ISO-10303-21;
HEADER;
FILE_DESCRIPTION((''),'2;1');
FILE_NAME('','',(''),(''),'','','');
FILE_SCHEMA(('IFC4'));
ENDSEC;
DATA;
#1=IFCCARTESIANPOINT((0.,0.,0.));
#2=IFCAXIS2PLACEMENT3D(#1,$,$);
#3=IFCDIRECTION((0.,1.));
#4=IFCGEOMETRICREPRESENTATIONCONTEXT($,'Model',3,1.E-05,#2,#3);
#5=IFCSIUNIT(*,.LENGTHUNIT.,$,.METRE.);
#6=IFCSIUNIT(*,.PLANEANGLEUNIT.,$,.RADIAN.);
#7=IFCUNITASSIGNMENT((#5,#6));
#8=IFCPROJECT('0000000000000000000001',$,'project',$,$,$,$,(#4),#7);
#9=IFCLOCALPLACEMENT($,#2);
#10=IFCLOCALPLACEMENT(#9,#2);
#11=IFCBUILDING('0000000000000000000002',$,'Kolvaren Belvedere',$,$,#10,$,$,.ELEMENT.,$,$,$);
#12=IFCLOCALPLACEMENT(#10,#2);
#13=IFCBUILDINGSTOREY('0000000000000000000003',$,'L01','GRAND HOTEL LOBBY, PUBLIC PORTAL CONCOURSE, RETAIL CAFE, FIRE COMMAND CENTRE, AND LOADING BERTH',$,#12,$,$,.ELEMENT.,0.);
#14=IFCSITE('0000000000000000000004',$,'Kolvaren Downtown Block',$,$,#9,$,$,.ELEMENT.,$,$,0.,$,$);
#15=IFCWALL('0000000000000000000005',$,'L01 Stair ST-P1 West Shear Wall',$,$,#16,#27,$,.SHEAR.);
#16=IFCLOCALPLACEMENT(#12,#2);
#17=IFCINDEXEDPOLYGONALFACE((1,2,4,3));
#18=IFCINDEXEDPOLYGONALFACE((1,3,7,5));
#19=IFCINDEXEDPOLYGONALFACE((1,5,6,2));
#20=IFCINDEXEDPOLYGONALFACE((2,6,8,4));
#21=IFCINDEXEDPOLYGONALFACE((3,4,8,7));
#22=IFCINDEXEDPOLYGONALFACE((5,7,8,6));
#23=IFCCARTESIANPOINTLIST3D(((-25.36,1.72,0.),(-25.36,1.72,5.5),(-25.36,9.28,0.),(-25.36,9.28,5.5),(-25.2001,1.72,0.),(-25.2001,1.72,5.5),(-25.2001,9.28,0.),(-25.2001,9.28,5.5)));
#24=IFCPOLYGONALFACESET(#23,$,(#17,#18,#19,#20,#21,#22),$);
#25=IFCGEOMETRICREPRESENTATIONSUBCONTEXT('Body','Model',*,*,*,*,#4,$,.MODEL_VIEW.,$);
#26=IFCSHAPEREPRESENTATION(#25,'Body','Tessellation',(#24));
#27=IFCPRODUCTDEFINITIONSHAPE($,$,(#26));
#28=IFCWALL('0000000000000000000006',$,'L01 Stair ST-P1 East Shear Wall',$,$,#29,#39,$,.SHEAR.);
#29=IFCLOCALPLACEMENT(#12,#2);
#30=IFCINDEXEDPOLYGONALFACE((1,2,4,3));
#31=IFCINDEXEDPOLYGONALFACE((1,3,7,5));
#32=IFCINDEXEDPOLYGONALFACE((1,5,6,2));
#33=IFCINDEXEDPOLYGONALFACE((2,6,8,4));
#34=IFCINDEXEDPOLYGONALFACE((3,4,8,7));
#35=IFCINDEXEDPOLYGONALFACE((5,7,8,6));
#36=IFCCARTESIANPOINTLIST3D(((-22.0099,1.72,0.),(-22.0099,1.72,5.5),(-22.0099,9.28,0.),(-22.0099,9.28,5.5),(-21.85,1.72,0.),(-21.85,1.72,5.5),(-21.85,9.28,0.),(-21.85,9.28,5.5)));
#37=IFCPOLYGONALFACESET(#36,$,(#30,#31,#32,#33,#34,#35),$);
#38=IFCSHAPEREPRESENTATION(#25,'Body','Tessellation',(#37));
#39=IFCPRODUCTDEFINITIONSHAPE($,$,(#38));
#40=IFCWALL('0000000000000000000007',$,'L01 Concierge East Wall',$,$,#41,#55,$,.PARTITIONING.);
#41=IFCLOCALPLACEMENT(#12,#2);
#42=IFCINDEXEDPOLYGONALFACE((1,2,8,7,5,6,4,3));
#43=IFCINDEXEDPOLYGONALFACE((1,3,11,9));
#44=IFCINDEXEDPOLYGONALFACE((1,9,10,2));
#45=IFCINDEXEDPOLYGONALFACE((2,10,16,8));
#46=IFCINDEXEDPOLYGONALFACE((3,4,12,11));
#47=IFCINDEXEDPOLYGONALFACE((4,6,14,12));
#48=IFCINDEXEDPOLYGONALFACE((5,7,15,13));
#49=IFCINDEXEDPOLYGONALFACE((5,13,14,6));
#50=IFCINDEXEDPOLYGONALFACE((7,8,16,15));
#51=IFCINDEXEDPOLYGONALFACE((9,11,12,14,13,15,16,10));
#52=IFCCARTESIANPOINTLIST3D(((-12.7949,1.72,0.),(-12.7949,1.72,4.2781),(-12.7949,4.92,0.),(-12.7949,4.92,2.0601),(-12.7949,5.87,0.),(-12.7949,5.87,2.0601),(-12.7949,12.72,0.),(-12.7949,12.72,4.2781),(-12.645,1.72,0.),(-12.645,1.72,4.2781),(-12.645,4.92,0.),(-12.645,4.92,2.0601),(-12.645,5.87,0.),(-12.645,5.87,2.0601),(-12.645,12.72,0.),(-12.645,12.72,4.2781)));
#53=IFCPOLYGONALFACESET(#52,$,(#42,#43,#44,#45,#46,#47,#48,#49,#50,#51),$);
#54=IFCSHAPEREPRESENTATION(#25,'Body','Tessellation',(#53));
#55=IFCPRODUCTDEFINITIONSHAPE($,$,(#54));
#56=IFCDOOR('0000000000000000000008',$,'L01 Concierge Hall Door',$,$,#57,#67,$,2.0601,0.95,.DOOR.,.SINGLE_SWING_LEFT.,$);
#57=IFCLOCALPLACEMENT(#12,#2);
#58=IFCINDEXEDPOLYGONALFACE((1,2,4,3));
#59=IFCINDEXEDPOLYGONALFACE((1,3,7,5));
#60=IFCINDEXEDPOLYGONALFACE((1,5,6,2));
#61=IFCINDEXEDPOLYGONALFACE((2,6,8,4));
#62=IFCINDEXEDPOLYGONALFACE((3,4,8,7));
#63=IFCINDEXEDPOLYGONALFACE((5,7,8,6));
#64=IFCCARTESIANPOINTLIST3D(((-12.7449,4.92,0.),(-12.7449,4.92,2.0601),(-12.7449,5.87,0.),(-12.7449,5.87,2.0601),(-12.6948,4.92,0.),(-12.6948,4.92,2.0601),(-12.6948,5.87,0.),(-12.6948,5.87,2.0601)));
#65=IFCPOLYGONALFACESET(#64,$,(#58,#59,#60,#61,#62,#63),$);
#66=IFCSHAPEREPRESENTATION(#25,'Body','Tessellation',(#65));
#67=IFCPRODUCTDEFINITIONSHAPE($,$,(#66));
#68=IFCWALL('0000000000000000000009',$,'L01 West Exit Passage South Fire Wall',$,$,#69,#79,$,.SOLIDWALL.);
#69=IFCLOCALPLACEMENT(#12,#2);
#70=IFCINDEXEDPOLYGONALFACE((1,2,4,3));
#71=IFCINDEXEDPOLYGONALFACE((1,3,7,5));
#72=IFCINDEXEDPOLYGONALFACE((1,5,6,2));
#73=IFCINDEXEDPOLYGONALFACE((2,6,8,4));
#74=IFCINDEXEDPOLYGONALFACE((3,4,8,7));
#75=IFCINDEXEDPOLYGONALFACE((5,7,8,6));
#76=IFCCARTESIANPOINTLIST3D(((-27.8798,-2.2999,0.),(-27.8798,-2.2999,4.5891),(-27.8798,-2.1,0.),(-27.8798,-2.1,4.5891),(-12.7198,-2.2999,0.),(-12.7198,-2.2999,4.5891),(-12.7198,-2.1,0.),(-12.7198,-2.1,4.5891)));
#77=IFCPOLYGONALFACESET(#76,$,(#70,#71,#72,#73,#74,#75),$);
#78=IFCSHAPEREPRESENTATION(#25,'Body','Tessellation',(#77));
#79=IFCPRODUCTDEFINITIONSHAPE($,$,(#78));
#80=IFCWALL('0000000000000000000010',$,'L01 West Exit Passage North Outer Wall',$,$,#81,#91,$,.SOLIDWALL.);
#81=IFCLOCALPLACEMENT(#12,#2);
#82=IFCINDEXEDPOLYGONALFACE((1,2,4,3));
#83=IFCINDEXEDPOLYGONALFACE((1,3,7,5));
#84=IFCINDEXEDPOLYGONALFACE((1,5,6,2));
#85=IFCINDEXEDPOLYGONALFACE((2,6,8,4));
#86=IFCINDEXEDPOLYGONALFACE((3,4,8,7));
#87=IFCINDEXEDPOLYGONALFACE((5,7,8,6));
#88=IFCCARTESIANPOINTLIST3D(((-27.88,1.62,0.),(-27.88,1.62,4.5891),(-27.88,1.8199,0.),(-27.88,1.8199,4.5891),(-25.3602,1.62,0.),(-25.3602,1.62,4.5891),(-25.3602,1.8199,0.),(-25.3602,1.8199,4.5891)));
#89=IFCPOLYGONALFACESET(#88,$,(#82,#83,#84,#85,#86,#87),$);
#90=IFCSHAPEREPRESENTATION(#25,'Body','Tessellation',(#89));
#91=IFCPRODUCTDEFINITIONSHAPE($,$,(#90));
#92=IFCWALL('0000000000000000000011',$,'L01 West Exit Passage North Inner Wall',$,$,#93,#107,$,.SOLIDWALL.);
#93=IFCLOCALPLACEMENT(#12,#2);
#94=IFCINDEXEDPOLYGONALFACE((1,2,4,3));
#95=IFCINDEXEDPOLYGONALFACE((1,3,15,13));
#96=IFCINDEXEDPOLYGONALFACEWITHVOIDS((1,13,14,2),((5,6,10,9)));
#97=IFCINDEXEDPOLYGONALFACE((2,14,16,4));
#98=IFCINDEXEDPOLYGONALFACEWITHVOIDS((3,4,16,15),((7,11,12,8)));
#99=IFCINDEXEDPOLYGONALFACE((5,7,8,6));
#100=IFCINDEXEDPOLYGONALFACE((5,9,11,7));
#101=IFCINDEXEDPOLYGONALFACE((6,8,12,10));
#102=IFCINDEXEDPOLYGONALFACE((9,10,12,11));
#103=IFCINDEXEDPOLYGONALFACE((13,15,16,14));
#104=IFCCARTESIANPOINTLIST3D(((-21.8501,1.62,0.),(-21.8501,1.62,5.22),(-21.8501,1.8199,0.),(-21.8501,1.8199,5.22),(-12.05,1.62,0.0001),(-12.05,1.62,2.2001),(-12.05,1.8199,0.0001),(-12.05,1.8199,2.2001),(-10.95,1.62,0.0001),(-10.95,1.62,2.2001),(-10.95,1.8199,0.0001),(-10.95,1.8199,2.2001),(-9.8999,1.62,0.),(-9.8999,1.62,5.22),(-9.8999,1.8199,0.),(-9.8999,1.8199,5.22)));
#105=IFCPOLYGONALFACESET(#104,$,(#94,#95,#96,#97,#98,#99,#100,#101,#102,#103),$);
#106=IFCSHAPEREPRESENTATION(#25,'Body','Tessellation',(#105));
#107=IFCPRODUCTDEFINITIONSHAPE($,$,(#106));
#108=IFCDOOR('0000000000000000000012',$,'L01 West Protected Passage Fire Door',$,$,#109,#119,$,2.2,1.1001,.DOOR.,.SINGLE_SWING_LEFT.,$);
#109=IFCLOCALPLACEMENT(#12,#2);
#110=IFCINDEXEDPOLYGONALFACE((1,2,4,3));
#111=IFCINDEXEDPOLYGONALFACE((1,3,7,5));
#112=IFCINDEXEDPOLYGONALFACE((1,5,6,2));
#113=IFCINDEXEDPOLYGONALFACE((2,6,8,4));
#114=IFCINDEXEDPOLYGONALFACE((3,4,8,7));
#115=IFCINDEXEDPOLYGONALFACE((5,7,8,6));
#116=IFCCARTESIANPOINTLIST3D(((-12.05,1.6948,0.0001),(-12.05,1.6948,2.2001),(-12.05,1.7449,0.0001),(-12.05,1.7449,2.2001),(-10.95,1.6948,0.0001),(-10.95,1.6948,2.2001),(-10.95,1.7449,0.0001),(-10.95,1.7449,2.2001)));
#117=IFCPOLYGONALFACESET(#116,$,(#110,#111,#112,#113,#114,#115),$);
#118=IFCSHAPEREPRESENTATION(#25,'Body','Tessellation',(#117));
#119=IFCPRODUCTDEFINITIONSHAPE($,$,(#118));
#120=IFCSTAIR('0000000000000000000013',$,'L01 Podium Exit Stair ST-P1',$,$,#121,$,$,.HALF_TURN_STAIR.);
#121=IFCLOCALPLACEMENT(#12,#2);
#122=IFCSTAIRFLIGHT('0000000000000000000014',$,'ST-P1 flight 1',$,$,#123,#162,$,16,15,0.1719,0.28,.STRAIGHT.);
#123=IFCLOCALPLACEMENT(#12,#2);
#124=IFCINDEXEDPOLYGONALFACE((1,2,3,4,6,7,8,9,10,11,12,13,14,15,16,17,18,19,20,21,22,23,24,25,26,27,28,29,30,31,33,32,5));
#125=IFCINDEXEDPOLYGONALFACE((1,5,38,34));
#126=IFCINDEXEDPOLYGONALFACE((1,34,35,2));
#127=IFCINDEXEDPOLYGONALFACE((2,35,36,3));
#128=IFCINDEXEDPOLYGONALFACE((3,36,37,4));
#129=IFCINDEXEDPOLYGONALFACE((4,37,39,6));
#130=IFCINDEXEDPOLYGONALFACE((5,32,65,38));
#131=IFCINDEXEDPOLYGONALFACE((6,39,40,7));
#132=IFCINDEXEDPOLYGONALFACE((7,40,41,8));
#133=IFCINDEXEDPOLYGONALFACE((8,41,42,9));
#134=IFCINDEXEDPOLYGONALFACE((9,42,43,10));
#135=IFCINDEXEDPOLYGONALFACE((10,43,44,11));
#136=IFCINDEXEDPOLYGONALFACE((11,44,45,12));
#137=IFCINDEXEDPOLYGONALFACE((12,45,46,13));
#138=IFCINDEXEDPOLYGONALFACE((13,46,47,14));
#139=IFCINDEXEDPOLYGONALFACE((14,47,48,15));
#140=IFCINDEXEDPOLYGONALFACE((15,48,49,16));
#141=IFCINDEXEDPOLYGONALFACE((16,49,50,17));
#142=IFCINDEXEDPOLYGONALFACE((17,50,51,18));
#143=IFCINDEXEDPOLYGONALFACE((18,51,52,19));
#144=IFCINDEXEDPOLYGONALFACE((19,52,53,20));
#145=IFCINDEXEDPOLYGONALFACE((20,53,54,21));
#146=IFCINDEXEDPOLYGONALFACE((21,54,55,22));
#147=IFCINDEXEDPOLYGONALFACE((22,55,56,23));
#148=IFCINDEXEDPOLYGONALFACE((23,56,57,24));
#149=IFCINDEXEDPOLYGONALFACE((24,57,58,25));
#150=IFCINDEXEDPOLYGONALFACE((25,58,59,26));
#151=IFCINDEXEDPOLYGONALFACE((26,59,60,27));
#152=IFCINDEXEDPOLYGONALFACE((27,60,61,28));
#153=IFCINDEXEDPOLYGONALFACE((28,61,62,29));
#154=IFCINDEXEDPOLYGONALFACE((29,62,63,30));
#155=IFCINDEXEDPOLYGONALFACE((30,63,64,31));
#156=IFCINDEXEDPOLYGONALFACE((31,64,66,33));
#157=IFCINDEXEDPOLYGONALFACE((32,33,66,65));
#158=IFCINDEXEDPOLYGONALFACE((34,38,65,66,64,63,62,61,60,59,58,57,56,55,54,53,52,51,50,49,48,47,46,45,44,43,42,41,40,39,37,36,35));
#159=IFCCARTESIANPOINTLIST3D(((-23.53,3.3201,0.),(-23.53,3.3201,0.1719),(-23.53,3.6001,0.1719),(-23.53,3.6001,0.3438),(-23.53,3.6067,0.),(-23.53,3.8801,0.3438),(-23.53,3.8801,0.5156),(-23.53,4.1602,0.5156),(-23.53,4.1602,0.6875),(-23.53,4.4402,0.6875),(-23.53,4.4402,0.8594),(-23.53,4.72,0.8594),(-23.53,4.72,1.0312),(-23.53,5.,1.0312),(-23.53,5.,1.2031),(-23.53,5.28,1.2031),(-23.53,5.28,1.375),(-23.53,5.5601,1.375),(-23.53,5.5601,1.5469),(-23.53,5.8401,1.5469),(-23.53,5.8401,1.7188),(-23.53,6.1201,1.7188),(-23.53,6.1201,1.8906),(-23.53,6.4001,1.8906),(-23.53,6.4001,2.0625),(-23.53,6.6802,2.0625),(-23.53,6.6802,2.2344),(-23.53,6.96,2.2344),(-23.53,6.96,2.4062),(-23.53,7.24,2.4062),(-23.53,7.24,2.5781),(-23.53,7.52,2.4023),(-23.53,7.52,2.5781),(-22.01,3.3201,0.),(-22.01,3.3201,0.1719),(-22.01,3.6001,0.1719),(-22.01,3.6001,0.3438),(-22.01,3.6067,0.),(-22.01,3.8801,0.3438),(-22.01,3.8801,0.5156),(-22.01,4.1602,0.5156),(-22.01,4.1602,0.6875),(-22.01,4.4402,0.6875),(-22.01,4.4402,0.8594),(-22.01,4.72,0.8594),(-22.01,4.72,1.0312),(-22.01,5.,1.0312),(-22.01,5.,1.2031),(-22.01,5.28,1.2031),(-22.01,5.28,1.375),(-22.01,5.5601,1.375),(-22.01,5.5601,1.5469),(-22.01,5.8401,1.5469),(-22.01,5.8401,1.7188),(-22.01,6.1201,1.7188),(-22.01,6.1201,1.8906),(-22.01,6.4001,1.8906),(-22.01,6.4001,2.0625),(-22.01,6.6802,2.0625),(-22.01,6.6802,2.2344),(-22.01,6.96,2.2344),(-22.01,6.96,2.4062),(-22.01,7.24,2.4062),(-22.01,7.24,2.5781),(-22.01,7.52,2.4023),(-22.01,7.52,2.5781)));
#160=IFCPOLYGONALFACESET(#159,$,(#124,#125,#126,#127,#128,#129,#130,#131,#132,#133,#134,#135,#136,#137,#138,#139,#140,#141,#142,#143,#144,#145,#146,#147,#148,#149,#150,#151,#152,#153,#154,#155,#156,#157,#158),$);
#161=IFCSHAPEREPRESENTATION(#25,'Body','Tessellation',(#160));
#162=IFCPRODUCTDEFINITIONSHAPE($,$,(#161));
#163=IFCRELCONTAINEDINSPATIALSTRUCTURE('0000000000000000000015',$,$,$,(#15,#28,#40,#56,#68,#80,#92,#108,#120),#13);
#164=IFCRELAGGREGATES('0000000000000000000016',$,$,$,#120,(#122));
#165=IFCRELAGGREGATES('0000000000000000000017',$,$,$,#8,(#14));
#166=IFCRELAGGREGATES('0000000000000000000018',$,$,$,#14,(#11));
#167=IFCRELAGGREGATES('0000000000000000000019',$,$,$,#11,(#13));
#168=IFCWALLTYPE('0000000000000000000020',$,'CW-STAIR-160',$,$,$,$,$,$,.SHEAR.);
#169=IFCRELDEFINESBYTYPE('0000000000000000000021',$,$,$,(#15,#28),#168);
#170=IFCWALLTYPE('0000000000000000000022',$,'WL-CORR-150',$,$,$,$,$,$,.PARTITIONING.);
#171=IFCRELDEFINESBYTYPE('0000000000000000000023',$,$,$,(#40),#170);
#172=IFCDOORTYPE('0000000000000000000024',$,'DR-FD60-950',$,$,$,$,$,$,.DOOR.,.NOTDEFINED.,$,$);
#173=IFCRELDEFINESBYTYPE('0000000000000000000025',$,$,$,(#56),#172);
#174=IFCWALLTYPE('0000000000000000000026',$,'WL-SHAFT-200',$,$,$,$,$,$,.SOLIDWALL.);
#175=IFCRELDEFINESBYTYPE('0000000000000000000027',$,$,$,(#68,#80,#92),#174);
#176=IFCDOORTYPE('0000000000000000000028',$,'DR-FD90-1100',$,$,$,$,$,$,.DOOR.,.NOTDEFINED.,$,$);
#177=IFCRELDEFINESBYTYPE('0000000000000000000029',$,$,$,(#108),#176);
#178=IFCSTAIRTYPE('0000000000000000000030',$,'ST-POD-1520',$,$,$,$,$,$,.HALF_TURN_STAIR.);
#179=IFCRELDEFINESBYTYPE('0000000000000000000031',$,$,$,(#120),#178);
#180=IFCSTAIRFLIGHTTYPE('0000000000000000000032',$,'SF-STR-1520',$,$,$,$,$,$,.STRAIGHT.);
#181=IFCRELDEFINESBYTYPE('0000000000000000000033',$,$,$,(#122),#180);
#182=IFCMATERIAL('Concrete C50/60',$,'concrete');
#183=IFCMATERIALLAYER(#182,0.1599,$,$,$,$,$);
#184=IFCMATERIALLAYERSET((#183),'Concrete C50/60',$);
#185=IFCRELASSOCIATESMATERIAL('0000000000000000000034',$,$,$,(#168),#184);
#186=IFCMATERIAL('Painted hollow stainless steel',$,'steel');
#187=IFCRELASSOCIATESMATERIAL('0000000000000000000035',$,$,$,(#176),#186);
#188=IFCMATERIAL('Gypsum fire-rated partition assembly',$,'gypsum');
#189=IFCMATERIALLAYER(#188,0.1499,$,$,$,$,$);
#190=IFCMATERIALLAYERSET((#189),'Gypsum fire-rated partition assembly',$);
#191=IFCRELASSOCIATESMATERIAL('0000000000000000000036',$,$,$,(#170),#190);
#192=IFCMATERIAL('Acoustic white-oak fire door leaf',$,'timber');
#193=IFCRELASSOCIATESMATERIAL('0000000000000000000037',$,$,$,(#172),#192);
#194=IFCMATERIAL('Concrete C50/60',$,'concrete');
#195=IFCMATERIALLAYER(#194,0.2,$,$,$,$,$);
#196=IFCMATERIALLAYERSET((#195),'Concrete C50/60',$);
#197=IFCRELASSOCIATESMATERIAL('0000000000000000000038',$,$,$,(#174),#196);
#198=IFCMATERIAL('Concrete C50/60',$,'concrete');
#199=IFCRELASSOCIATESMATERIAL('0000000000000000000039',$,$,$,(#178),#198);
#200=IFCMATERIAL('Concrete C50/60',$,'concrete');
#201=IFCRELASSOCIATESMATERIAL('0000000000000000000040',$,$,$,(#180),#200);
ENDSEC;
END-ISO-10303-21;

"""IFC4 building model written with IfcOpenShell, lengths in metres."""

from ifc_helpers import new_model, si_unit, direction, frame, frame_2d, origin, place, context, subcontext, project, spatial, polyline, rectangle, outline, extrude, material, layer, layer_set, type_object, element, fill, aggregate, save


model = new_model("IFC4")

# Units and contexts
model_context = context("Model", 3, precision=1e-05, world=origin(), true_north=direction((0.0, 1.0)))
body_context = subcontext(model_context, "Body", "Model", "MODEL_VIEW")
ifc_project = project(units=[si_unit("LENGTHUNIT", "METRE"), si_unit("PLANEANGLEUNIT", "RADIAN")], contexts=[model_context])

# Site, building, storey
site_placement = place(None, origin())
site = spatial("IfcSite", under=ifc_project, at=site_placement, Name="Kolvaren Downtown Block", CompositionType="ELEMENT", RefElevation=0.0)
building_placement = place(site_placement, origin())
building = spatial("IfcBuilding", under=site, at=building_placement, Name="Kolvaren Belvedere", CompositionType="ELEMENT")
storey_placement = place(building_placement, origin())
storey = spatial("IfcBuildingStorey", under=building, at=storey_placement, Name="L01", Description="GRAND HOTEL LOBBY, PUBLIC PORTAL CONCOURSE, RETAIL CAFE, FIRE COMMAND CENTRE, AND LOADING BERTH", CompositionType="ELEMENT", Elevation=0.0)

# Shared definitions
ifc_material_1 = material(Name="Concrete C50/60", Category="concrete")
ifc_layer_1 = layer(ifc_material_1, 0.1599)
ifc_layer_set_1 = layer_set([ifc_layer_1], Name="Concrete C50/60")
wall_type_1 = type_object("IfcWallType", Name="CW-STAIR-160", PredefinedType="SHEAR", material=ifc_layer_set_1)
ifc_material_2 = material(Name="Painted hollow stainless steel", Category="steel")
door_type_1 = type_object("IfcDoorType", Name="DR-FD90-1100", OperationType="NOTDEFINED", PredefinedType="DOOR", material=ifc_material_2)

# Walls
for number, where, z_axis, x_axis, name in (
    (1, (-25.28, 1.72, 0.0), (0.0, 0.0, 1.0), (0.0, 1.0, 0.0), "L01 Stair ST-P1 West Shear Wall"),
    (2, (-21.9299, 1.72, 0.0), (0.0, 0.0, 1.0), (0.0, 1.0, 0.0), "L01 Stair ST-P1 East Shear Wall"),
):
    element("IfcWall", number, at=place(storey_placement, frame(where, z_axis=z_axis, x_axis=x_axis)), inside=storey, type_object=wall_type_1, Name=name, PredefinedType="SHEAR", context=body_context, shape_type="SweptSolid", body=[
        extrude(rectangle(XDim=7.5601, YDim=0.1599, at=frame_2d((3.78, 0.0))), origin(), (0.0, 0.0, 1.0), 5.5),
    ])

# Wall, opening, door
ifc_material_3 = material(Name="Gypsum fire-rated partition assembly", Category="gypsum")
ifc_layer_2 = layer(ifc_material_3, 0.1499)
ifc_layer_set_2 = layer_set([ifc_layer_2], Name="Gypsum fire-rated partition assembly")
wall_type_2 = type_object("IfcWallType", Name="WL-CORR-150", PredefinedType="PARTITIONING", material=ifc_layer_set_2)
wall_1_placement = place(storey_placement, frame((-12.72, 1.72, 0.0), z_axis=(0.0, 0.0, 1.0), x_axis=(0.0, 1.0, 0.0)))
wall_1 = element("IfcWall", 3, at=wall_1_placement, inside=storey, type_object=wall_type_2, Name="L01 Concierge East Wall", PredefinedType="PARTITIONING", context=body_context, shape_type="SweptSolid", body=[
    extrude(rectangle(XDim=11.0, YDim=0.1499, at=frame_2d((5.5, 0.0))), origin(), (0.0, 0.0, 1.0), 4.2781),
])
opening_1_placement = place(wall_1_placement, frame((3.2, 0.0, 0.0)))
opening_1 = element("IfcOpeningElement", 4, at=opening_1_placement, cuts=wall_1, PredefinedType="OPENING", context=body_context, shape_type="SweptSolid", body=[
    extrude(rectangle(XDim=0.95, YDim=2.0601, at=frame_2d((0.4751, 1.03))), frame((0.0, 0.085, 0.0), z_axis=(0.0, -1.0, 0.0), x_axis=(1.0, 0.0, 0.0)), (0.0, 0.0, 1.0), 0.1699),
])
ifc_material_4 = material(Name="Acoustic white-oak fire door leaf", Category="timber")
door_type_2 = type_object("IfcDoorType", Name="DR-FD60-950", OperationType="NOTDEFINED", PredefinedType="DOOR", material=ifc_material_4)
door_1_placement = place(opening_1_placement, origin())
door_1 = element("IfcDoor", 5, at=door_1_placement, inside=storey, type_object=door_type_2, Name="L01 Concierge Hall Door", OperationType="SINGLE_SWING_LEFT", OverallHeight=2.0601, OverallWidth=0.95, PredefinedType="DOOR", context=body_context, shape_type="SweptSolid", body=[
    extrude(rectangle(XDim=0.95, YDim=2.0601, at=frame_2d((0.4751, 1.03))), frame((0.0, 0.0249, 0.0), z_axis=(0.0, -1.0, 0.0), x_axis=(1.0, 0.0, 0.0)), (0.0, 0.0, 1.0), 0.05),
])
fill(opening_1, door_1)

# Walls
ifc_material_5 = material(Name="Concrete C50/60", Category="concrete")
ifc_layer_3 = layer(ifc_material_5, 0.2)
ifc_layer_set_3 = layer_set([ifc_layer_3], Name="Concrete C50/60")
wall_type_3 = type_object("IfcWallType", Name="WL-SHAFT-200", PredefinedType="SOLIDWALL", material=ifc_layer_set_3)
wall_2_placement = place(storey_placement, frame((-27.8799, -2.2, 0.0), z_axis=(0.0, 0.0, 1.0), x_axis=(1.0, 0.0, 0.0)))
element("IfcWall", 6, at=wall_2_placement, inside=storey, type_object=wall_type_3, Name="L01 West Exit Passage South Fire Wall", PredefinedType="SOLIDWALL", context=body_context, shape_type="SweptSolid", body=[
    extrude(rectangle(XDim=15.1599, YDim=0.2, at=frame_2d((7.5801, 0.0))), origin(), (0.0, 0.0, 1.0), 4.5891),
])
wall_3_placement = place(storey_placement, frame((-27.8799, 1.72, 0.0), z_axis=(0.0, 0.0, 1.0), x_axis=(1.0, 0.0, 0.0)))
element("IfcWall", 7, at=wall_3_placement, inside=storey, type_object=wall_type_3, Name="L01 West Exit Passage North Outer Wall", PredefinedType="SOLIDWALL", context=body_context, shape_type="SweptSolid", body=[
    extrude(rectangle(XDim=2.5198, YDim=0.2, at=frame_2d((1.2598, 0.0))), origin(), (0.0, 0.0, 1.0), 4.5891),
])

# Wall, opening, door
wall_4_placement = place(storey_placement, frame((-21.8501, 1.72, 0.0), z_axis=(0.0, 0.0, 1.0), x_axis=(1.0, 0.0, 0.0)))
wall_4 = element("IfcWall", 8, at=wall_4_placement, inside=storey, type_object=wall_type_3, Name="L01 West Exit Passage North Inner Wall", PredefinedType="SOLIDWALL", context=body_context, shape_type="SweptSolid", body=[
    extrude(rectangle(XDim=11.9502, YDim=0.2, at=frame_2d((5.9751, 0.0))), origin(), (0.0, 0.0, 1.0), 5.22),
])
opening_2_placement = place(wall_4_placement, frame((9.8, 0.0, 0.0)))
opening_2 = element("IfcOpeningElement", 9, at=opening_2_placement, cuts=wall_4, PredefinedType="OPENING", context=body_context, shape_type="SweptSolid", body=[
    extrude(rectangle(XDim=1.1001, YDim=2.2, at=frame_2d((0.55, 1.1001))), frame((0.0, 0.1099, 0.0), z_axis=(0.0, -1.0, 0.0), x_axis=(1.0, 0.0, 0.0)), (0.0, 0.0, 1.0), 0.22),
])
door_2_placement = place(opening_2_placement, origin())
door_2 = element("IfcDoor", 10, at=door_2_placement, inside=storey, type_object=door_type_1, Name="L01 West Protected Passage Fire Door", OperationType="SINGLE_SWING_LEFT", OverallHeight=2.2, OverallWidth=1.1001, PredefinedType="DOOR", context=body_context, shape_type="SweptSolid", body=[
    extrude(rectangle(XDim=1.1001, YDim=2.2, at=frame_2d((0.55, 1.1001))), frame((0.0, 0.0249, 0.0), z_axis=(0.0, -1.0, 0.0), x_axis=(1.0, 0.0, 0.0)), (0.0, 0.0, 1.0), 0.05),
])
fill(opening_2, door_2)

# Stair, stair flight
ifc_material_6 = material(Name="Concrete C50/60", Category="concrete")
stair_type = type_object("IfcStairType", Name="ST-POD-1520", PredefinedType="HALF_TURN_STAIR", material=ifc_material_6)
stair_placement = place(storey_placement, origin())
stair = element("IfcStair", 11, at=stair_placement, inside=storey, type_object=stair_type, Name="L01 Podium Exit Stair ST-P1", PredefinedType="HALF_TURN_STAIR")
ifc_material_7 = material(Name="Concrete C50/60", Category="concrete")
stair_flight_type = type_object("IfcStairFlightType", Name="SF-STR-1520", PredefinedType="STRAIGHT", material=ifc_material_7)
stair_flight_placement = place(storey_placement, frame((-22.77, 3.3201, 0.0), z_axis=(0.0, 0.0, 1.0), x_axis=(0.0, 1.0, 0.0)))
stair_flight = element("IfcStairFlight", 12, at=stair_flight_placement, type_object=stair_flight_type, Name="ST-P1 flight 1", NumberOfRisers=16, NumberOfTreads=15, PredefinedType="STRAIGHT", RiserHeight=0.1719, TreadLength=0.28, context=body_context, shape_type="SweptSolid", body=[
    extrude(outline(polyline([(0.0, 0.0), (0.0, 0.1719), (0.28, 0.1719), (0.28, 0.3438), (0.5601, 0.3438), (0.5601, 0.5156), (0.8401, 0.5156), (0.8401, 0.6875), (1.1201, 0.6875), (1.1201, 0.8594), (1.3999, 0.8594), (1.3999, 1.0312), (1.6799, 1.0312), (1.6799, 1.2031), (1.96, 1.2031), (1.96, 1.375), (2.24, 1.375), (2.24, 1.5469), (2.52, 1.5469), (2.52, 1.7188), (2.8, 1.7188), (2.8, 1.8906), (3.0801, 1.8906), (3.0801, 2.0625), (3.3601, 2.0625), (3.3601, 2.2344), (3.6399, 2.2344), (3.6399, 2.4062), (3.9199, 2.4062), (3.9199, 2.5781), (4.2, 2.5781), (4.2, 2.75), (4.2, 2.4023), (0.2866, 0.0), (0.0, 0.0)])), frame((0.0, 0.76, 0.0), z_axis=(0.0, -1.0, 0.0), x_axis=(1.0, 0.0, 0.0)), (0.0, 0.0, 1.0), 1.52),
])
aggregate(stair, [stair_flight])

save(model, "model.ifc")
